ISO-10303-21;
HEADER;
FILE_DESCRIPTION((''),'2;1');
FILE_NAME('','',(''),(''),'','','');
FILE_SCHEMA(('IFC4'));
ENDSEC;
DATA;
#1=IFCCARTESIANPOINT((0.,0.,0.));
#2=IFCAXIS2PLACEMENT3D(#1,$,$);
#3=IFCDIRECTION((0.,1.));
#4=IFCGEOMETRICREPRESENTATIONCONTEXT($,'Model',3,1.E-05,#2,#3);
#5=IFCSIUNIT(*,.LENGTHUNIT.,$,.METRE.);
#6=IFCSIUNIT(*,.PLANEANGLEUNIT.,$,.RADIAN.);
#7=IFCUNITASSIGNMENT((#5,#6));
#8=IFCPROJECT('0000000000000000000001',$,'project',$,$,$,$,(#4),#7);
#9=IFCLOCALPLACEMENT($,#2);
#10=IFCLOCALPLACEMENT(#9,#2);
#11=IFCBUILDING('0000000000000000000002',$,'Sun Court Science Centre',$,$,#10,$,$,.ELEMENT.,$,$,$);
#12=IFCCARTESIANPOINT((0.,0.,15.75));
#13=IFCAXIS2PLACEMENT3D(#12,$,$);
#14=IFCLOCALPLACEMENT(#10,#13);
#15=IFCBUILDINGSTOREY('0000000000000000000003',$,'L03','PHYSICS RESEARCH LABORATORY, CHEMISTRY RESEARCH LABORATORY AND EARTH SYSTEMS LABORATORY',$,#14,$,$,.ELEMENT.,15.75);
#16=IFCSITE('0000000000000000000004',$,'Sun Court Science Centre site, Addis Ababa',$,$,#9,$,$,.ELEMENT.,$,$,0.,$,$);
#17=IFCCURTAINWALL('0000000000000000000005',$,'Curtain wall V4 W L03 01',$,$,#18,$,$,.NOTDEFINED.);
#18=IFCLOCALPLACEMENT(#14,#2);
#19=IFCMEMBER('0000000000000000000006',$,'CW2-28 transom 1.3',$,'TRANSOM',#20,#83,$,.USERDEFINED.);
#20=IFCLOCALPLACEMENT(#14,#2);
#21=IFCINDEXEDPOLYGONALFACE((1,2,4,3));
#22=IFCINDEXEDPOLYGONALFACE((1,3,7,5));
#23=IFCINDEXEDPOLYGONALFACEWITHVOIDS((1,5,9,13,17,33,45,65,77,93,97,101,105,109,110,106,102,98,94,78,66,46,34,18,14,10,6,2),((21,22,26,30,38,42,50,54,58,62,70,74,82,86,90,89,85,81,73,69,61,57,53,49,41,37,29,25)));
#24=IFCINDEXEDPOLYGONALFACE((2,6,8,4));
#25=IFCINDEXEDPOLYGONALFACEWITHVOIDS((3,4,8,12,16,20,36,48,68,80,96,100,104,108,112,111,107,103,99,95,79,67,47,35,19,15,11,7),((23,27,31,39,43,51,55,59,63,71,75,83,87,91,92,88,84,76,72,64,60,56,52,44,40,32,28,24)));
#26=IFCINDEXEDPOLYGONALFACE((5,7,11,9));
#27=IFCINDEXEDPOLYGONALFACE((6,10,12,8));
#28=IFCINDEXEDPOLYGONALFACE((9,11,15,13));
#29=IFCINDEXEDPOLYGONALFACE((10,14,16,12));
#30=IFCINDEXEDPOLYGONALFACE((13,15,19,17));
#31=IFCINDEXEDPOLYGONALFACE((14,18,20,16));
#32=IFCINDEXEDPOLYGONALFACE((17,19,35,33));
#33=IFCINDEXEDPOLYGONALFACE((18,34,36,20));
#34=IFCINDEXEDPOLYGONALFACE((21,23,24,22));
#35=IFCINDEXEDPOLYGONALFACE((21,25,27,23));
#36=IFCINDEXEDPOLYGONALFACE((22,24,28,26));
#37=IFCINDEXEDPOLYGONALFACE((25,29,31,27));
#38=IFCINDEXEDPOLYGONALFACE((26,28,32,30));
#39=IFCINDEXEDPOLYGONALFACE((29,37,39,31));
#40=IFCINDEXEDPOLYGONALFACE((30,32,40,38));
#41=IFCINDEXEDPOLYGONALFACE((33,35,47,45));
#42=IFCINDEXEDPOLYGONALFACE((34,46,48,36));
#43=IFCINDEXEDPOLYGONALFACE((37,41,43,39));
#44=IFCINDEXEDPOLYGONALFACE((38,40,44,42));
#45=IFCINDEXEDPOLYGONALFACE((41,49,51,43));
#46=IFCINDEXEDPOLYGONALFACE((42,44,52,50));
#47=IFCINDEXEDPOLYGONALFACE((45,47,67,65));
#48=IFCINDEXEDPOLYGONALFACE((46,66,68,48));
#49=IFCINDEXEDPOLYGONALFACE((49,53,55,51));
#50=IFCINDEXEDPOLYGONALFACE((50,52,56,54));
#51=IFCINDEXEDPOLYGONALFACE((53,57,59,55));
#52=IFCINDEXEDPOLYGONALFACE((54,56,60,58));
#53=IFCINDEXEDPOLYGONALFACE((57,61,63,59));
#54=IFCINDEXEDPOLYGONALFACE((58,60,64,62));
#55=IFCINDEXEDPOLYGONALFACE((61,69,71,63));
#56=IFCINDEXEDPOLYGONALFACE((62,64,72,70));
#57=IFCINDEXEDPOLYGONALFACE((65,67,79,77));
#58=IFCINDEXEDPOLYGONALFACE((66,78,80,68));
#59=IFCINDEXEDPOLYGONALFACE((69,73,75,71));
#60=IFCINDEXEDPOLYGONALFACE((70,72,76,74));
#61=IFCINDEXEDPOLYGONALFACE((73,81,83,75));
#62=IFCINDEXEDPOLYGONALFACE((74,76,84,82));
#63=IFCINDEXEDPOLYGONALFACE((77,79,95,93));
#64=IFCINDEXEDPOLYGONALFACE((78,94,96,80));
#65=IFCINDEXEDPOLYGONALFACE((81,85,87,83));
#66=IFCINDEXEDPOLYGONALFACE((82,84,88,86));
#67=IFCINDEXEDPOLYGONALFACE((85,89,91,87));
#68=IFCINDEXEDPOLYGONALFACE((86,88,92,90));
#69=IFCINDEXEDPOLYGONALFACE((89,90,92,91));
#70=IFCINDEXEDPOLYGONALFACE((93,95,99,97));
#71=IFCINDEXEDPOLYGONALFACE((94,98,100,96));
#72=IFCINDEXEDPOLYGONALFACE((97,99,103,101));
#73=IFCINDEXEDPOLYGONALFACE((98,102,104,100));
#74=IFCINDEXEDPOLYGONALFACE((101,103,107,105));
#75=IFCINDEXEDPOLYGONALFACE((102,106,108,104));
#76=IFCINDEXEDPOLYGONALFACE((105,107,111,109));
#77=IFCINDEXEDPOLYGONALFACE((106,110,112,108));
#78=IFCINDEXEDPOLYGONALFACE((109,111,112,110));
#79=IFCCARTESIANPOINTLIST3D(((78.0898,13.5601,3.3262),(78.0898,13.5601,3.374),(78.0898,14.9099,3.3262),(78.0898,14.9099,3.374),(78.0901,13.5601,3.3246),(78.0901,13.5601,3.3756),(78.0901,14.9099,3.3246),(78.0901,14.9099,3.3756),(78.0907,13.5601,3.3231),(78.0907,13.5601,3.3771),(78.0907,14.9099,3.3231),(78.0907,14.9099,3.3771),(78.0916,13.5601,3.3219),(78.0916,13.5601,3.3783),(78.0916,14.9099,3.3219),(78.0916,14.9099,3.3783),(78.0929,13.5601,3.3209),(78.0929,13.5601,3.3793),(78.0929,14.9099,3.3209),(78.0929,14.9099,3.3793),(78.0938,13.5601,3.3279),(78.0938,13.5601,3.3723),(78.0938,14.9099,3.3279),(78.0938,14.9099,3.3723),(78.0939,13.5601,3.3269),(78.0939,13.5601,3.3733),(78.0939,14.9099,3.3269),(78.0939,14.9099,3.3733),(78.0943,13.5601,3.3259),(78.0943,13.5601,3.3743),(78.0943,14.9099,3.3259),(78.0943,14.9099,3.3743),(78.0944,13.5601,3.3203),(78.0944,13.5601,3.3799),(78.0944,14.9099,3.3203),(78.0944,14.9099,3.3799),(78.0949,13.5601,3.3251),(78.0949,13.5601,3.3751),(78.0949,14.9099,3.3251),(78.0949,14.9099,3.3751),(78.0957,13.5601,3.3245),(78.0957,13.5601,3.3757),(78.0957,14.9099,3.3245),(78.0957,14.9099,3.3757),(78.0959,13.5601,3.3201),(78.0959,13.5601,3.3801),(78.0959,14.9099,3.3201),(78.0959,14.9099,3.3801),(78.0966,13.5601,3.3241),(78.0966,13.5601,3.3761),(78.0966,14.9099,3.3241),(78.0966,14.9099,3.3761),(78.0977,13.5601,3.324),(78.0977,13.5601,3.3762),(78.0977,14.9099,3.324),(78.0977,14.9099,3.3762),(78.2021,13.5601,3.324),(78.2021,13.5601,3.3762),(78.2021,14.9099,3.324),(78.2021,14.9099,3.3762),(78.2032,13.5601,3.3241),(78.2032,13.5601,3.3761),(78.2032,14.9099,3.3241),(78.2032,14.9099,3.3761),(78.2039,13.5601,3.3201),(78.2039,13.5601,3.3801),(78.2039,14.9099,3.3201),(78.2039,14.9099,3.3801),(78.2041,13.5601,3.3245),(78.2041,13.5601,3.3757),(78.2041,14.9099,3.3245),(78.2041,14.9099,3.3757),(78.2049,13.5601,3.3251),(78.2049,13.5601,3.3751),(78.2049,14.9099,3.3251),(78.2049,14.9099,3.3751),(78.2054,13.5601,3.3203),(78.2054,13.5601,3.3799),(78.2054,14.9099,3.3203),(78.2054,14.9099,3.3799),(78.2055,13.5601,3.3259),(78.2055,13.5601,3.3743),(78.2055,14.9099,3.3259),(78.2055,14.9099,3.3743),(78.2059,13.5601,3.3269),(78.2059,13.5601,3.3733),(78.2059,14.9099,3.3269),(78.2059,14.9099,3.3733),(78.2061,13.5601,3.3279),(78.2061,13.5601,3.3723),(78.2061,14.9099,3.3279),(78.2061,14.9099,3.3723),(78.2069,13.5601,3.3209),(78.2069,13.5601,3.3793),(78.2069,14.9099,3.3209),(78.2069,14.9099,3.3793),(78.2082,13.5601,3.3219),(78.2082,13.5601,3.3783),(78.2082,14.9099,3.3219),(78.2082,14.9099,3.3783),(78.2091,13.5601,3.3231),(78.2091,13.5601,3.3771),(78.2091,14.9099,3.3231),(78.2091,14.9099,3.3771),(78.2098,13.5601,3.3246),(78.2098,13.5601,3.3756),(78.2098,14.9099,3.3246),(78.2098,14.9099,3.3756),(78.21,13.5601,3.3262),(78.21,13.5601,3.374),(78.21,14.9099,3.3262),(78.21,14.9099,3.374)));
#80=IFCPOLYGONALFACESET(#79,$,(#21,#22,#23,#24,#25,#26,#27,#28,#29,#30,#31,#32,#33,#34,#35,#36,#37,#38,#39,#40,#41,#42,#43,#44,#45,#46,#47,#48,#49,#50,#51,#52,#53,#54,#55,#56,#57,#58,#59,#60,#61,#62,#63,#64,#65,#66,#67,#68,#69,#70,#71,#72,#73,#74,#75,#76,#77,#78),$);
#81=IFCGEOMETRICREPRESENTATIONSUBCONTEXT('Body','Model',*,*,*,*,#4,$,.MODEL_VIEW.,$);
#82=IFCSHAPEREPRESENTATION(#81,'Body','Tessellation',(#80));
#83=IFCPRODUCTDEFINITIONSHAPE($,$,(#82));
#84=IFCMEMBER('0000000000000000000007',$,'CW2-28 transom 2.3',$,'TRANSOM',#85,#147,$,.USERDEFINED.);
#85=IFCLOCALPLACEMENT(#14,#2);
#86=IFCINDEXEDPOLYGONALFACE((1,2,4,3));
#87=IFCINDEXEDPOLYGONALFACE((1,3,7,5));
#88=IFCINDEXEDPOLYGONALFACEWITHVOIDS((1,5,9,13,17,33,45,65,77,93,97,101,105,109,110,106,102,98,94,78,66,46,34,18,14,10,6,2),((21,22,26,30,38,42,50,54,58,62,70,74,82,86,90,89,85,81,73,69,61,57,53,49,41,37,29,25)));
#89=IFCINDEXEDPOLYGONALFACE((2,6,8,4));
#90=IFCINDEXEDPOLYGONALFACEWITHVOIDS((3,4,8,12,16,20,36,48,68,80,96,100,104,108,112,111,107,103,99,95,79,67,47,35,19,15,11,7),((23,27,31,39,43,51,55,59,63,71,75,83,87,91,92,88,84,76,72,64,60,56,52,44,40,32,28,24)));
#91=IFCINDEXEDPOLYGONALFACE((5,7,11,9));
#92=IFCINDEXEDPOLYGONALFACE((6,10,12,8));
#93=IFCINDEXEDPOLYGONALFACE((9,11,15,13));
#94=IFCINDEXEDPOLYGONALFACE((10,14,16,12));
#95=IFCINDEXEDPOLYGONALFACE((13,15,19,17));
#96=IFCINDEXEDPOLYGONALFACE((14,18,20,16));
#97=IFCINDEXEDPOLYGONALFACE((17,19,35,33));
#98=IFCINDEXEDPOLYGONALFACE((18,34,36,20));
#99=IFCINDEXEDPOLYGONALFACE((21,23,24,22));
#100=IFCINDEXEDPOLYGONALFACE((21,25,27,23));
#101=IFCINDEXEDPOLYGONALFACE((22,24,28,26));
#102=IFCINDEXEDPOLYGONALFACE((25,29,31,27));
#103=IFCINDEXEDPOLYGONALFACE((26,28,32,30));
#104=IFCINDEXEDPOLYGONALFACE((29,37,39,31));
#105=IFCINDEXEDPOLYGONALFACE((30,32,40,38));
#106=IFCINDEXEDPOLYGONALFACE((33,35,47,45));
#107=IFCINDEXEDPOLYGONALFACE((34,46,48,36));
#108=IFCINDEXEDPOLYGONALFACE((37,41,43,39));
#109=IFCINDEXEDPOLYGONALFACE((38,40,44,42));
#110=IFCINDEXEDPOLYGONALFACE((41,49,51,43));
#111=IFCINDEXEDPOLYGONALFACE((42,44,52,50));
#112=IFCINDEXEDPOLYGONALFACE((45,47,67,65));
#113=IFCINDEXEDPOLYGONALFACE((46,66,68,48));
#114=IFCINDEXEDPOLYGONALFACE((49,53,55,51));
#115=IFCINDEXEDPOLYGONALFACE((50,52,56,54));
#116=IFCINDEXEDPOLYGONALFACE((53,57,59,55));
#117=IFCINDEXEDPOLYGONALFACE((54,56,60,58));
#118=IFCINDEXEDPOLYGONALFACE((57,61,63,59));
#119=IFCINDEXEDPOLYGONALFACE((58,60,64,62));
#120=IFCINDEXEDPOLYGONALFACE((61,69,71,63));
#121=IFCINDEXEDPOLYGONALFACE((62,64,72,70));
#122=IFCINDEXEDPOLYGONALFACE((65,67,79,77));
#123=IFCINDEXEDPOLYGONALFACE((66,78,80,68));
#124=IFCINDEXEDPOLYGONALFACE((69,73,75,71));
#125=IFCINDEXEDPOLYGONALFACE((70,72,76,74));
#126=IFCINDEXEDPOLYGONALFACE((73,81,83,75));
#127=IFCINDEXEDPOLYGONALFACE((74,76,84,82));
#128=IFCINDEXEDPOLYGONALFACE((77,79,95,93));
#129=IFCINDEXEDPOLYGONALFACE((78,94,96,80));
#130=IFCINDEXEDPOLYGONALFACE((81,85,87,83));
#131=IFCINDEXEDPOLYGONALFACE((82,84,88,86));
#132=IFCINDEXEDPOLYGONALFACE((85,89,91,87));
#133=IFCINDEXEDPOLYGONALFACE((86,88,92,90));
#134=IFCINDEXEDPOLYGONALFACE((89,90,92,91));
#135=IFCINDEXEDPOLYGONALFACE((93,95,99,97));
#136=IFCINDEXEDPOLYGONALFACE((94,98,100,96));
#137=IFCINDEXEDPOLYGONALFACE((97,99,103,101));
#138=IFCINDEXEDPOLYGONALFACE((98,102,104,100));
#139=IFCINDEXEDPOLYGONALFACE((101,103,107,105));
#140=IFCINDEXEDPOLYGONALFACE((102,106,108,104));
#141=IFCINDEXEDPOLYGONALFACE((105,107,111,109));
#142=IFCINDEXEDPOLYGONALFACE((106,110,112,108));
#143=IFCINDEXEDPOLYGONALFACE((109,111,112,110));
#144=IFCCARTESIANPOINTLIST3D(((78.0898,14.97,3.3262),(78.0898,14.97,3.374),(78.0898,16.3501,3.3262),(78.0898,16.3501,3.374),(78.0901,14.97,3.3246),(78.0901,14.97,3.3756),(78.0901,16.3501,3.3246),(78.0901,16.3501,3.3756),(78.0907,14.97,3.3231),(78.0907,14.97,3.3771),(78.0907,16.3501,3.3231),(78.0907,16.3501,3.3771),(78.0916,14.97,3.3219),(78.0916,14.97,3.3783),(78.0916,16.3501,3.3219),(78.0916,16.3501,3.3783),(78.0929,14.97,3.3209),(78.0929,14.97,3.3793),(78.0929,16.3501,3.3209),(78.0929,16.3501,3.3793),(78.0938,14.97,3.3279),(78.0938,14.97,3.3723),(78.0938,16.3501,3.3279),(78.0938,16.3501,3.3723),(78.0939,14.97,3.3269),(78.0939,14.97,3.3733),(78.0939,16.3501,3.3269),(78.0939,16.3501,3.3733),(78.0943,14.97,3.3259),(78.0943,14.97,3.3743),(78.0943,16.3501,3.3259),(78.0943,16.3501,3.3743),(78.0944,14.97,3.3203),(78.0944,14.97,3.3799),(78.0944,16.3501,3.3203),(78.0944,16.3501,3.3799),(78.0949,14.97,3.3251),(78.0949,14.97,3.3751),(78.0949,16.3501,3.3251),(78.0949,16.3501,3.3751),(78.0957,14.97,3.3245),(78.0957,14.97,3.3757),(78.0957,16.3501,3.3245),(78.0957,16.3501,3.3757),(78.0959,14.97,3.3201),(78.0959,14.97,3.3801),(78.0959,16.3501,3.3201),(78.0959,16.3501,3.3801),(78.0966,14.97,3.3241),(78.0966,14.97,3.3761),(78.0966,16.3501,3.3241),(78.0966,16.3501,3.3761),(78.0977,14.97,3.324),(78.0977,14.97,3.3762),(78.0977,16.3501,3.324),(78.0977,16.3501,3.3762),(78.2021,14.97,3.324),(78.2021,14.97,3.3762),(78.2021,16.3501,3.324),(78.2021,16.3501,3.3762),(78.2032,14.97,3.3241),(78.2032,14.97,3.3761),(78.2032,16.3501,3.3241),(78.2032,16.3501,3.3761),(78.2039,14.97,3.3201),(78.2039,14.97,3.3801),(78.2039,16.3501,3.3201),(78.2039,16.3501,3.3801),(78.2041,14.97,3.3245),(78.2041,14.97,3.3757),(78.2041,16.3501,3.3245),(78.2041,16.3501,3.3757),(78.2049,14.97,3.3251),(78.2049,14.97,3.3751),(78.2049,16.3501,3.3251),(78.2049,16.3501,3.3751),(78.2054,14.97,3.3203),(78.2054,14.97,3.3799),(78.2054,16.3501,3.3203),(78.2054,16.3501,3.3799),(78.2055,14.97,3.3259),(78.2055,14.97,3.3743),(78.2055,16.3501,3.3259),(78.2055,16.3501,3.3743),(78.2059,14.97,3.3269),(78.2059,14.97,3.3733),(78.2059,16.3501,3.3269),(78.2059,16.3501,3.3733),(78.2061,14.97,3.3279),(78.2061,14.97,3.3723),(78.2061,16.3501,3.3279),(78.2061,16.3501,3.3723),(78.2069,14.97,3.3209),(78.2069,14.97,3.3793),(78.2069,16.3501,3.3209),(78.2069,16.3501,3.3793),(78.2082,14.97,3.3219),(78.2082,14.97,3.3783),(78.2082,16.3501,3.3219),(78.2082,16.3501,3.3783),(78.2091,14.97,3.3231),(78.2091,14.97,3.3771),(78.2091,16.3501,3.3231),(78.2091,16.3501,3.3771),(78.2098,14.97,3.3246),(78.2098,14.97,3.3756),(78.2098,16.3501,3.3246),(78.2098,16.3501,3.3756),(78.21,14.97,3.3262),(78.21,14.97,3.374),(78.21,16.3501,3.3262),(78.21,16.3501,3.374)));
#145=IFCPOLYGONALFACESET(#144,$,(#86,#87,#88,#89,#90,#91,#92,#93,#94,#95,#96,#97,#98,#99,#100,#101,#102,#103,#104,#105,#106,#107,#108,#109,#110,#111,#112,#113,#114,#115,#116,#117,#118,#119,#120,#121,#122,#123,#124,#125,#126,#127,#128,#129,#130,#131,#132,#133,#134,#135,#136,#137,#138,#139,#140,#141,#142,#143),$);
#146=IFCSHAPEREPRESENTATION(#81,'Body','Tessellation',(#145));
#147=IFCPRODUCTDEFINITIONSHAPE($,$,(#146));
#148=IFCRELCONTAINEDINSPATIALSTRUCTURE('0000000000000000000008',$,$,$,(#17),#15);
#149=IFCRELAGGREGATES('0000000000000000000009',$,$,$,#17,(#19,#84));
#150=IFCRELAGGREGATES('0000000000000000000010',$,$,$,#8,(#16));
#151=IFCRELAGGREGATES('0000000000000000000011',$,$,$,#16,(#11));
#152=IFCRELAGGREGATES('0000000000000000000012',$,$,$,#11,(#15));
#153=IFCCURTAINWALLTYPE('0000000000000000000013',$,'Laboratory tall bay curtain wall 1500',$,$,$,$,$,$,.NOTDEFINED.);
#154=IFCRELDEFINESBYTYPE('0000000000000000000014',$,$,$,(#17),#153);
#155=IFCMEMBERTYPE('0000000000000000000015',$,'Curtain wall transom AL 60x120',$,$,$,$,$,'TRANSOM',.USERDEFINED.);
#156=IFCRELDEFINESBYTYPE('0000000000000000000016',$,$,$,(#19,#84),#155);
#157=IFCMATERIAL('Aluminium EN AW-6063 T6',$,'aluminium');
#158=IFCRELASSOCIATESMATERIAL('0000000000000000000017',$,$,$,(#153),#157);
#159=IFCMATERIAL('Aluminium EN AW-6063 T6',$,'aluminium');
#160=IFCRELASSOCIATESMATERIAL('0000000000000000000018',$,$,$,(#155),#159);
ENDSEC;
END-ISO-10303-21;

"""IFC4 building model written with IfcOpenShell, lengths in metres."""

from ifc_helpers import new_model, si_unit, direction, frame, origin, origin_2d, place, context, subcontext, project, spatial, hollow_rectangle, extrude, material, material_profile, profile_set, type_object, element, aggregate, save


model = new_model("IFC4")

# Units and contexts
model_context = context("Model", 3, precision=1e-05, world=origin(), true_north=direction((0.0, 1.0)))
body_context = subcontext(model_context, "Body", "Model", "MODEL_VIEW")
ifc_project = project(units=[si_unit("LENGTHUNIT", "METRE"), si_unit("PLANEANGLEUNIT", "RADIAN")], contexts=[model_context])

# Site, building, storey
site_placement = place(None, origin())
site = spatial("IfcSite", under=ifc_project, at=site_placement, Name="Sun Court Science Centre site, Addis Ababa", CompositionType="ELEMENT", RefElevation=0.0)
building_placement = place(site_placement, origin())
building = spatial("IfcBuilding", under=site, at=building_placement, Name="Sun Court Science Centre", CompositionType="ELEMENT")
storey_placement = place(building_placement, frame((0.0, 0.0, 15.75)))
storey = spatial("IfcBuildingStorey", under=building, at=storey_placement, Name="L03", Description="PHYSICS RESEARCH LABORATORY, CHEMISTRY RESEARCH LABORATORY AND EARTH SYSTEMS LABORATORY", CompositionType="ELEMENT", Elevation=15.75)

# Curtain wall, members
ifc_material_1 = material(Name="Aluminium EN AW-6063 T6", Category="aluminium")
curtain_wall_type = type_object("IfcCurtainWallType", Name="Laboratory tall bay curtain wall 1500", PredefinedType="NOTDEFINED", material=ifc_material_1)
curtain_wall_placement = place(storey_placement, origin())
curtain_wall = element("IfcCurtainWall", 1, at=curtain_wall_placement, inside=storey, type_object=curtain_wall_type, Name="Curtain wall V4 W L03 01", PredefinedType="NOTDEFINED")
ifc_material_2 = material(Name="Aluminium EN AW-6063 T6", Category="aluminium")
ifc_material_profile_1 = material_profile(ifc_material_2, hollow_rectangle(XDim=0.0601, YDim=0.1201, WallThickness=0.0039, InnerFilletRadius=0.0039, OuterFilletRadius=0.0061, at=origin_2d()), Name="AL 60x120x4")
ifc_profile_set_1 = profile_set([ifc_material_profile_1], Name="Aluminium EN AW-6063 T6")
member_type_1 = type_object("IfcMemberType", Name="Curtain wall transom AL 60x120", ElementType="TRANSOM", PredefinedType="USERDEFINED", material=ifc_profile_set_1)
member_1_placement = place(storey_placement, frame((78.1499, 13.5601, 3.3501), z_axis=(0.0, 1.0, 0.0), x_axis=(0.0, 0.0, 1.0)))
member_1 = element("IfcMember", 2, at=member_1_placement, type_object=member_type_1, Name="CW2-28 transom 1.3", ObjectType="TRANSOM", PredefinedType="USERDEFINED", context=body_context, shape_type="SweptSolid", body=[
    extrude(hollow_rectangle(XDim=0.0601, YDim=0.1201, WallThickness=0.0039, InnerFilletRadius=0.0039, OuterFilletRadius=0.0061, at=origin_2d()), origin(), (0.0, 0.0, 1.0), 1.3499),
])
member_2_placement = place(storey_placement, frame((78.1499, 14.97, 3.3501), z_axis=(0.0, 1.0, 0.0), x_axis=(0.0, 0.0, 1.0)))
member_2 = element("IfcMember", 3, at=member_2_placement, type_object=member_type_1, Name="CW2-28 transom 2.3", ObjectType="TRANSOM", PredefinedType="USERDEFINED", context=body_context, shape_type="SweptSolid", body=[
    extrude(hollow_rectangle(XDim=0.0601, YDim=0.1201, WallThickness=0.0039, InnerFilletRadius=0.0039, OuterFilletRadius=0.0061, at=origin_2d()), origin(), (0.0, 0.0, 1.0), 1.3801),
])

aggregate(curtain_wall, [member_1, member_2])

save(model, "model.ifc")
